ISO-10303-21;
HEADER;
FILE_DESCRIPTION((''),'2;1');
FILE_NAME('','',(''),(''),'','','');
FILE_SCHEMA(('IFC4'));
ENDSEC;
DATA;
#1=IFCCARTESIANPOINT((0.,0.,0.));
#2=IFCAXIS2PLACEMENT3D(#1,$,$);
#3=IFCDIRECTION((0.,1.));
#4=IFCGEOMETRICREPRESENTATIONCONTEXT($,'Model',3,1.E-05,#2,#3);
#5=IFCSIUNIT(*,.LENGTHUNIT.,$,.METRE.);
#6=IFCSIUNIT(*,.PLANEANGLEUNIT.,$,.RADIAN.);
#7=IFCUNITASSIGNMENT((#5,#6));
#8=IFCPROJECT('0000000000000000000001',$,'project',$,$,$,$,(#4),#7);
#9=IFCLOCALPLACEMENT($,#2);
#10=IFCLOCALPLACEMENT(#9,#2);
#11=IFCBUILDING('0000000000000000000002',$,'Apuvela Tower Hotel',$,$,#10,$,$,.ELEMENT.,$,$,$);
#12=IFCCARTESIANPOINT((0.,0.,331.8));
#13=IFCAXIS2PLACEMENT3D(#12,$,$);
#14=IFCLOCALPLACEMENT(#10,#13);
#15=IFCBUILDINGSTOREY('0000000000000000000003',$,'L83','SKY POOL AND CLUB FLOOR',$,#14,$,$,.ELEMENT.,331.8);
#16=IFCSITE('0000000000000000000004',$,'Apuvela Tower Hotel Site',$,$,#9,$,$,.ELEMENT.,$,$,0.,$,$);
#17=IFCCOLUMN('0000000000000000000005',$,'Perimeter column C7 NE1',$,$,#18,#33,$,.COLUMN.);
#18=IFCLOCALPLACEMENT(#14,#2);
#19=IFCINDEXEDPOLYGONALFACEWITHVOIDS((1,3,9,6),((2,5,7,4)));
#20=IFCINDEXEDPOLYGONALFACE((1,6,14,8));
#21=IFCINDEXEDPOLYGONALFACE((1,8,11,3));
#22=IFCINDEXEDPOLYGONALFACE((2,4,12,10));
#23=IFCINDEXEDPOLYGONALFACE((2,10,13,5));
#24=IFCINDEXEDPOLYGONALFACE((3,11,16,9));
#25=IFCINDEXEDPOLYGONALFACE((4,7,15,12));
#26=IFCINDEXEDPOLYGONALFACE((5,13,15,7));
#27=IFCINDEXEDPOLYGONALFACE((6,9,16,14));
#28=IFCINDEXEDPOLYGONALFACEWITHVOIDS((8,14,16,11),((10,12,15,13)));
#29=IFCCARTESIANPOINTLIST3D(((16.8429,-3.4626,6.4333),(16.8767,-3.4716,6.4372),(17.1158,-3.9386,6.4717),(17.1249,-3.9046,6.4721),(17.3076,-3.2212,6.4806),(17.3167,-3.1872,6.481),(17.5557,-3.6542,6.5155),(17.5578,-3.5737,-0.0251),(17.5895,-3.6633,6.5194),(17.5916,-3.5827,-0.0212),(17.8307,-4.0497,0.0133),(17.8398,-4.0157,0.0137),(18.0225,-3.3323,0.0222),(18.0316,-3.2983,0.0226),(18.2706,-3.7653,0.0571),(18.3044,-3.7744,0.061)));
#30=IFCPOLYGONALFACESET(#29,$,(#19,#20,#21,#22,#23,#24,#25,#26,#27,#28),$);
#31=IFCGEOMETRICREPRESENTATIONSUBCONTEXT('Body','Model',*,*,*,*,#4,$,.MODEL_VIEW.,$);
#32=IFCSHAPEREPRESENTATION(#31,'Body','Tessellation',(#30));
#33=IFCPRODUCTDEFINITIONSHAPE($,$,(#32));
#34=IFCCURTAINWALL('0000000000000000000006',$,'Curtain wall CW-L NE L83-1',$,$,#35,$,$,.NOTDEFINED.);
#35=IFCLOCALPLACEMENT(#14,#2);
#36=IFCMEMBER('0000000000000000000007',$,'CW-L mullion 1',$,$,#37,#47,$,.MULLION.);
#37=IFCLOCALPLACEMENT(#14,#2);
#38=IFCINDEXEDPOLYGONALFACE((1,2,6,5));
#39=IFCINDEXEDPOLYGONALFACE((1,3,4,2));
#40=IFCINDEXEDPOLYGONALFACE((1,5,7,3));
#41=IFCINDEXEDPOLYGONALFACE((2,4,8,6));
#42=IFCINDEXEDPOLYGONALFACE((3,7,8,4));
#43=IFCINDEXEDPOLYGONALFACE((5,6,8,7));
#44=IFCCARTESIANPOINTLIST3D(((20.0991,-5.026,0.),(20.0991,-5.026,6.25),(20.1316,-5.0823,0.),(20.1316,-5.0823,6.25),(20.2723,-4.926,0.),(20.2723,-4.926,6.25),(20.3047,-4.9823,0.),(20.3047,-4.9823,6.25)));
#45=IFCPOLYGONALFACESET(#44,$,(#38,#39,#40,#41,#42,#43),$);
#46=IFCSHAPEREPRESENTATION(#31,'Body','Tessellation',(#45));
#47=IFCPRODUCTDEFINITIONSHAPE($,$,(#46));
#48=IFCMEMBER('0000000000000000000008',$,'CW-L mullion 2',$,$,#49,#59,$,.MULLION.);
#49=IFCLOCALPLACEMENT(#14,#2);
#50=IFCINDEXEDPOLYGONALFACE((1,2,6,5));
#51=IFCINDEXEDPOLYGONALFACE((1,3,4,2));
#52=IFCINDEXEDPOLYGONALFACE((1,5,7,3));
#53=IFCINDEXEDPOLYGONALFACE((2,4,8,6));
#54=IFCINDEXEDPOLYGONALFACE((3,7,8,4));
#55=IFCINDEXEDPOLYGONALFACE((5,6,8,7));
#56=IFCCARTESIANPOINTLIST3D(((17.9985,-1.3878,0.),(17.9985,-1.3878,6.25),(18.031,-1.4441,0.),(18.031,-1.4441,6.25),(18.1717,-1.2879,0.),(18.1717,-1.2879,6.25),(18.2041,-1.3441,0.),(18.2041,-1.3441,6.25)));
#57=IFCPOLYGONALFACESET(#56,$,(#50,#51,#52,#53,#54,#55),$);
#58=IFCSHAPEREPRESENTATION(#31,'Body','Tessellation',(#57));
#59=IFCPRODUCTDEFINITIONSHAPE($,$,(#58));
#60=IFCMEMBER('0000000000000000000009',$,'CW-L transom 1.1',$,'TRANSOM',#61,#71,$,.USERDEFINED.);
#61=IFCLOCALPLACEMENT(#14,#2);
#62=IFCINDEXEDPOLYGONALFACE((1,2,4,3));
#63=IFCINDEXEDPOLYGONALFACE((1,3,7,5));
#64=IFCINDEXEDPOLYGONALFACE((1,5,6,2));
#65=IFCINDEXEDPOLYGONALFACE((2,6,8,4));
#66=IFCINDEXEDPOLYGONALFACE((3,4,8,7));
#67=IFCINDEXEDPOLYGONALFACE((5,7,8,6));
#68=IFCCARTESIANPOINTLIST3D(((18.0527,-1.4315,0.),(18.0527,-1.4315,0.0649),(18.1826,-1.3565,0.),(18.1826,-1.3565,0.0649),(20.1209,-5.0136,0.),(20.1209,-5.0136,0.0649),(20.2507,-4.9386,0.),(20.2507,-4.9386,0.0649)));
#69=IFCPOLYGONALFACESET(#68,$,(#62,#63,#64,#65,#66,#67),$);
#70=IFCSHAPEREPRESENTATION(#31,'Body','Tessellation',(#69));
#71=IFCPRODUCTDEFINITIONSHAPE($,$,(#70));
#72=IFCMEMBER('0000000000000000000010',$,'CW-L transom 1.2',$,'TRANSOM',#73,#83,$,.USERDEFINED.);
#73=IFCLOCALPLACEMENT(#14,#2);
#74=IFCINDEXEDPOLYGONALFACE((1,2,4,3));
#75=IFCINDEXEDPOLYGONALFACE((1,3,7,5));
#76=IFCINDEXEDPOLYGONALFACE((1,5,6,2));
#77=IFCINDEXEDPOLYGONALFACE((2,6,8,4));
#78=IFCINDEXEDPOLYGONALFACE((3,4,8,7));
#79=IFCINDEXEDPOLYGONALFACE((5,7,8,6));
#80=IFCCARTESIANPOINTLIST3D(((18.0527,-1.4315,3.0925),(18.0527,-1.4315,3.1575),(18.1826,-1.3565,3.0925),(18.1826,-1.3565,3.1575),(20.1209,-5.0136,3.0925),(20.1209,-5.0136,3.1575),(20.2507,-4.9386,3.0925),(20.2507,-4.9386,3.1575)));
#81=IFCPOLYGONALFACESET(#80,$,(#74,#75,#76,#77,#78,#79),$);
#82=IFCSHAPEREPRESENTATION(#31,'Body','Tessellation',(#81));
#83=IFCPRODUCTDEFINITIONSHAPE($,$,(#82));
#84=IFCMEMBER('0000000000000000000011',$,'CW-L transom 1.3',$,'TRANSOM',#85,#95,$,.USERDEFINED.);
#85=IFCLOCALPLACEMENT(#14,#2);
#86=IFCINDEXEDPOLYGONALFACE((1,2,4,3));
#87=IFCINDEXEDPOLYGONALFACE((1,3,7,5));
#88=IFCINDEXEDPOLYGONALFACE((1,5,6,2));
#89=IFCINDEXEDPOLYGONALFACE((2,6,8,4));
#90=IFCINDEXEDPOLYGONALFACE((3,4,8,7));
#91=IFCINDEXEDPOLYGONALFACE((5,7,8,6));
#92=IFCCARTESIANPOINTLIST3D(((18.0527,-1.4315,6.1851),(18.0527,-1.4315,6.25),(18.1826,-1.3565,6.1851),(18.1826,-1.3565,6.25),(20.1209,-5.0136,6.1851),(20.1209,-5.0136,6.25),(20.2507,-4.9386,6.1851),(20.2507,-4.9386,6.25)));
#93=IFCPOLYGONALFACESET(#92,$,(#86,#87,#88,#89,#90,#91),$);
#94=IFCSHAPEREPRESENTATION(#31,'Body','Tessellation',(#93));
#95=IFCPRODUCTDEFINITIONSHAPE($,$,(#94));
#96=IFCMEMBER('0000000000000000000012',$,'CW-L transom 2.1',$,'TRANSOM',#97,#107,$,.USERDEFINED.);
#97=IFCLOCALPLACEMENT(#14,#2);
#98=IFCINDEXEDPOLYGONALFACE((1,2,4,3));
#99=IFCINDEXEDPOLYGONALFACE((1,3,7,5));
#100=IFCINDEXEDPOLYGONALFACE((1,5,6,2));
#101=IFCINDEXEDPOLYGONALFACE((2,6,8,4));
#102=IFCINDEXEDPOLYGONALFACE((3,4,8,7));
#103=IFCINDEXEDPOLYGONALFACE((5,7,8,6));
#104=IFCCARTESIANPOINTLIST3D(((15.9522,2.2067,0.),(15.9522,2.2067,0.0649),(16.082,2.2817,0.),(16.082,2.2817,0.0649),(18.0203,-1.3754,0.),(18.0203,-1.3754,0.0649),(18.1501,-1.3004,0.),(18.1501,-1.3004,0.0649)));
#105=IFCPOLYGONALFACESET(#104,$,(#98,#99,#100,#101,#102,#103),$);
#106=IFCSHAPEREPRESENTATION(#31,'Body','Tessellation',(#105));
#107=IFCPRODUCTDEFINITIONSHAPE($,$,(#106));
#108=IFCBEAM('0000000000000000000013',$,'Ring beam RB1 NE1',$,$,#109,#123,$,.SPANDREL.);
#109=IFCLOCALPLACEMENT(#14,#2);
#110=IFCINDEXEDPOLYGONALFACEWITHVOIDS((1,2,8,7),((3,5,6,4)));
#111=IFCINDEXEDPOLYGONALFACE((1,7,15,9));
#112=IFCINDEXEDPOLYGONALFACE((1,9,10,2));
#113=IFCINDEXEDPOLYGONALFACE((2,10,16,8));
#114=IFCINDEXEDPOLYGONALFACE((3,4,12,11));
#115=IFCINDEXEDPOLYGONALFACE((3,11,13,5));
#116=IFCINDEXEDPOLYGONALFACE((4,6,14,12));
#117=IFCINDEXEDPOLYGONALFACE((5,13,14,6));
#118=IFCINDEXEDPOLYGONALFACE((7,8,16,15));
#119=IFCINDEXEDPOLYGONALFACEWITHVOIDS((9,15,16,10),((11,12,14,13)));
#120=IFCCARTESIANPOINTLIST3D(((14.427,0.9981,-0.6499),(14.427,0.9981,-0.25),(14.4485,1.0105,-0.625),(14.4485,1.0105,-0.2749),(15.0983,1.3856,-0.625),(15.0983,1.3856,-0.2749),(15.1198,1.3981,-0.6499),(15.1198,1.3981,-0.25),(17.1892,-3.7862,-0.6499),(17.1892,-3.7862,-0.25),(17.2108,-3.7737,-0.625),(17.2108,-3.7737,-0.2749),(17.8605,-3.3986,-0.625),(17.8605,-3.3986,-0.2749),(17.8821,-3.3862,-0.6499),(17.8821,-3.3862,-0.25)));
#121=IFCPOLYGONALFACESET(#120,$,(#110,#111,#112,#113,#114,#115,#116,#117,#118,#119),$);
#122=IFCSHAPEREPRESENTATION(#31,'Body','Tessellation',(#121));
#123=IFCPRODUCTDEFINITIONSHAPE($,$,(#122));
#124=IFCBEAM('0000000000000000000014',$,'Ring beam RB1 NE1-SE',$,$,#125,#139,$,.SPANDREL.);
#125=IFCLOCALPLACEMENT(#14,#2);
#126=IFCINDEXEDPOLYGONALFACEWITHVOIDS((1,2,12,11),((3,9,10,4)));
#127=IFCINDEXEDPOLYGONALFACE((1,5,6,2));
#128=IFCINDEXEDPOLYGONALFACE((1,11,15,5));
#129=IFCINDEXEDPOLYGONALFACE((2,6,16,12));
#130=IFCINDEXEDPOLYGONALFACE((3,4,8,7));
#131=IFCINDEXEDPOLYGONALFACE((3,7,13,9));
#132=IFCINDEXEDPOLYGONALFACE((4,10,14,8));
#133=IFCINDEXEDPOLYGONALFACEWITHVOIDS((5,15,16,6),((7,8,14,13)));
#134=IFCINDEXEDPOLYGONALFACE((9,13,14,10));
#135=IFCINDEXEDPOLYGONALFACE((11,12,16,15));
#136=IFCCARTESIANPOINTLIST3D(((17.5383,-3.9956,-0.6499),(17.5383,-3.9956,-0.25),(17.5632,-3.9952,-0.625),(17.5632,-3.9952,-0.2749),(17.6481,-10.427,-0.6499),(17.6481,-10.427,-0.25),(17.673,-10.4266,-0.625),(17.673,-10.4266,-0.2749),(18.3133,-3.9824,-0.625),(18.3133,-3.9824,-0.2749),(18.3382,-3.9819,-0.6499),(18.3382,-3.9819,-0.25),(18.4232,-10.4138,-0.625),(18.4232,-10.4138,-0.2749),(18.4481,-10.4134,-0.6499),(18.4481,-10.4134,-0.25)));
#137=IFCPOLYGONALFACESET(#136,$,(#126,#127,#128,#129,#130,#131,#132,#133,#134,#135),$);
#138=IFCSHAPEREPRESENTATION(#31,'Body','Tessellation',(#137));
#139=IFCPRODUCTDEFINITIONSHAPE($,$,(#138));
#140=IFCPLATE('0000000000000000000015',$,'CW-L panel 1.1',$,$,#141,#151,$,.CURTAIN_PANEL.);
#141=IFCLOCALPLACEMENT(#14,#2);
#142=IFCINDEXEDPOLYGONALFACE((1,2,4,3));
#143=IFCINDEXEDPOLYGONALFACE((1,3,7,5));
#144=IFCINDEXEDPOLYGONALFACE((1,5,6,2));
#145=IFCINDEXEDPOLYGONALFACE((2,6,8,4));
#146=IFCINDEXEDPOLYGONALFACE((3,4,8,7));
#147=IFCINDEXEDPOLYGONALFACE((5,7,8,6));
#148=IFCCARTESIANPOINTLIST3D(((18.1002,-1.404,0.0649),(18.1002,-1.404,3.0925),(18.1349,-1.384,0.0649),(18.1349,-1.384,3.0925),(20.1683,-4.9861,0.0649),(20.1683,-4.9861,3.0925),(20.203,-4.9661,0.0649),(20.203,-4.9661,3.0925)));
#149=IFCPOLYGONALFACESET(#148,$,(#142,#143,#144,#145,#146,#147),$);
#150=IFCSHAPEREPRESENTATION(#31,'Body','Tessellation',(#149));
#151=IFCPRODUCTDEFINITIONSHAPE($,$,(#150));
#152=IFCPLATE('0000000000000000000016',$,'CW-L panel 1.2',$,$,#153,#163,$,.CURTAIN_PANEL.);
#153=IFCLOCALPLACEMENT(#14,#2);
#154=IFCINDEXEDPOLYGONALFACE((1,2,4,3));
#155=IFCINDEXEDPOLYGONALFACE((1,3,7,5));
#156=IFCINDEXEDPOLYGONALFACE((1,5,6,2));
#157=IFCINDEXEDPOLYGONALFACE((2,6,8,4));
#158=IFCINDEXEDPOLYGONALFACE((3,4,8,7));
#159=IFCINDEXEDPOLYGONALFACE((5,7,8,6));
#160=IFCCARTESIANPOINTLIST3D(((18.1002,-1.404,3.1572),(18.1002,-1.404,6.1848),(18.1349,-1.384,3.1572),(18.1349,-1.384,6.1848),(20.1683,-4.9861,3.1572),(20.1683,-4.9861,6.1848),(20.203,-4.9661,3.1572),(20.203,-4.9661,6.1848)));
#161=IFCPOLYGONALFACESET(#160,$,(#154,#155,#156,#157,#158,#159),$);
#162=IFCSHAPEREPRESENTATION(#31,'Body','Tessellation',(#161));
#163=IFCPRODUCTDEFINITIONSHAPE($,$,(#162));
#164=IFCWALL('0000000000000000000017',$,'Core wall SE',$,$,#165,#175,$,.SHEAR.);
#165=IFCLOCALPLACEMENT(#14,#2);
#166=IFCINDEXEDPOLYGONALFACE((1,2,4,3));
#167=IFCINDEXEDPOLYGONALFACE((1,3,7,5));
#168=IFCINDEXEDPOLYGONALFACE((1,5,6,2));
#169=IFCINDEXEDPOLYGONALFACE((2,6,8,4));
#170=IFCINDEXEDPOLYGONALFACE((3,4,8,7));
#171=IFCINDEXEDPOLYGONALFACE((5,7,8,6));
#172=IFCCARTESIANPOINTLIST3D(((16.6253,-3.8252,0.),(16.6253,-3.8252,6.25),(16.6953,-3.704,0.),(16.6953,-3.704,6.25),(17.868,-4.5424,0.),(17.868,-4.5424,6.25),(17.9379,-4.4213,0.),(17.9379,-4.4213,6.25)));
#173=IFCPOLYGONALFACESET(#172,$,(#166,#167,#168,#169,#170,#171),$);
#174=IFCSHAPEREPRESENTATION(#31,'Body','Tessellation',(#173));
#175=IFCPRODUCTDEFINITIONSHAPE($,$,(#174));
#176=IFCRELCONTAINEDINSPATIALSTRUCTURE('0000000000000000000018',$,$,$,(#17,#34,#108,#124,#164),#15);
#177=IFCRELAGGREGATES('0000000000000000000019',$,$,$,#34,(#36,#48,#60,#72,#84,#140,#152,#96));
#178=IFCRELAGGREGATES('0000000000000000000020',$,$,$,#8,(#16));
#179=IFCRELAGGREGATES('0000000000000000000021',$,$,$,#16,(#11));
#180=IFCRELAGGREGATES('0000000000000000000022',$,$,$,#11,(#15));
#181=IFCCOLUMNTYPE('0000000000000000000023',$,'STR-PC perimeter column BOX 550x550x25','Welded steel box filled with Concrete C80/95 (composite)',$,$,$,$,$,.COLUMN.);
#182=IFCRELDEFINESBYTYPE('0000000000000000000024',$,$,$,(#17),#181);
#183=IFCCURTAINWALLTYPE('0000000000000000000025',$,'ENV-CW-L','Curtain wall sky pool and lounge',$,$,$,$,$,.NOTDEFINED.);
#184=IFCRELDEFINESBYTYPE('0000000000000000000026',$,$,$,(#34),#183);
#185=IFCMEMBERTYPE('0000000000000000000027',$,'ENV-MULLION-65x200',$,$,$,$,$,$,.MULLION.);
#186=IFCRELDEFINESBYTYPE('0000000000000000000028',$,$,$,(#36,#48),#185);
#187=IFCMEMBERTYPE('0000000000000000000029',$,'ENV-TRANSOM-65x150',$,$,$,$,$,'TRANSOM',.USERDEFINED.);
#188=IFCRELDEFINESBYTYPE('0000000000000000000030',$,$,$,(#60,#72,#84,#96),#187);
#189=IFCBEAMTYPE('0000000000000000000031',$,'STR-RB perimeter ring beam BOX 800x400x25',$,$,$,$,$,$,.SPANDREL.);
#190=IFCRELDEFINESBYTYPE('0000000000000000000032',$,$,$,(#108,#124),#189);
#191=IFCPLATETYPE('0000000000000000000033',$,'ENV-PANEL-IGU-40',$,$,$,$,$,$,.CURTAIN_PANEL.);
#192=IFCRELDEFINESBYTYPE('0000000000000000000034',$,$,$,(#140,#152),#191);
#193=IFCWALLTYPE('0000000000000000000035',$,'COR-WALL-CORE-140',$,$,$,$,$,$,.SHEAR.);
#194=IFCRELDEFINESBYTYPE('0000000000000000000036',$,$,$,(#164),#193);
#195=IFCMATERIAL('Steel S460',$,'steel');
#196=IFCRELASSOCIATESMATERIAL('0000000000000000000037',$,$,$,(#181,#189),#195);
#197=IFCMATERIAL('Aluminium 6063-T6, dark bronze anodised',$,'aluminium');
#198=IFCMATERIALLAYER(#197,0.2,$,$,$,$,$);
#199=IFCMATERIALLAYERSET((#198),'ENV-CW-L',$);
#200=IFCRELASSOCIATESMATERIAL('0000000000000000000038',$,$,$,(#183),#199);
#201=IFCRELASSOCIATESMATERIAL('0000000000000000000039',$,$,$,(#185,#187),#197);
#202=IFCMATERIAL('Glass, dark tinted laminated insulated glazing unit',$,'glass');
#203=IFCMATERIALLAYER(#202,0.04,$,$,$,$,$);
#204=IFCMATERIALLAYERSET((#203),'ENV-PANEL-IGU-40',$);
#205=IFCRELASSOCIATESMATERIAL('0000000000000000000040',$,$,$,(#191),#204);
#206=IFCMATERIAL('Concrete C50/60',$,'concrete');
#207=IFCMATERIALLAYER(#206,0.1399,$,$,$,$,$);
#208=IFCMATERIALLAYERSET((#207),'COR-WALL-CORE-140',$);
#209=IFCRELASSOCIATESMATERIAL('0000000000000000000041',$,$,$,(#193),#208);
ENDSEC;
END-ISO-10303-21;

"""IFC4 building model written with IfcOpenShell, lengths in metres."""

from ifc_helpers import new_model, si_unit, direction, frame, frame_2d, origin, origin_2d, place, context, subcontext, project, spatial, rectangle, hollow_rectangle, extrude, boolean, halfspace, material, layer, layer_set, material_profile, profile_set, type_object, element, aggregate, save


model = new_model("IFC4")

# Units and contexts
model_context = context("Model", 3, precision=1e-05, world=origin(), true_north=direction((0.0, 1.0)))
body_context = subcontext(model_context, "Body", "Model", "MODEL_VIEW")
ifc_project = project(units=[si_unit("LENGTHUNIT", "METRE"), si_unit("PLANEANGLEUNIT", "RADIAN")], contexts=[model_context])

# Site, building, storey
site_placement = place(None, origin())
site = spatial("IfcSite", under=ifc_project, at=site_placement, Name="Apuvela Tower Hotel Site", CompositionType="ELEMENT", RefElevation=0.0)
building_placement = place(site_placement, origin())
building = spatial("IfcBuilding", under=site, at=building_placement, Name="Apuvela Tower Hotel", CompositionType="ELEMENT")
storey_placement = place(building_placement, frame((0.0, 0.0, 331.8)))
storey = spatial("IfcBuildingStorey", under=building, at=storey_placement, Name="L83", Description="SKY POOL AND CLUB FLOOR", CompositionType="ELEMENT", Elevation=331.8)

# Column
ifc_material_1 = material(Name="Steel S460", Category="steel")
ifc_material_profile_1 = material_profile(ifc_material_1, hollow_rectangle(XDim=0.55, YDim=0.55, WallThickness=0.0249, at=origin_2d()), Name="BOX 550x550x25")
ifc_material_2 = material(Name="Concrete C80/95", Category="concrete")
ifc_material_profile_2 = material_profile(ifc_material_2, rectangle(XDim=0.5, YDim=0.5, at=origin_2d()), Name="Concrete C80/95 infill")
ifc_profile_set_1 = profile_set([ifc_material_profile_1, ifc_material_profile_2], Name="Steel S460")
column_type = type_object("IfcColumnType", Name="STR-PC perimeter column BOX 550x550x25", Description="Welded steel box filled with Concrete C80/95 (composite)", PredefinedType="COLUMN", material=ifc_profile_set_1)
column_placement = place(storey_placement, frame((17.9331, -3.6743, 0.0), z_axis=(-0.110002, 0.017096, 0.993784), x_axis=(0.496031, -0.865495, 0.069794)))
element("IfcColumn", 1, at=column_placement, inside=storey, type_object=column_type, Name="Perimeter column C7 NE1", PredefinedType="COLUMN", context=body_context, shape_type="SweptSolid", body=[
    boolean("DIFFERENCE", boolean("DIFFERENCE", extrude(hollow_rectangle(XDim=0.55, YDim=0.55, WallThickness=0.0249, at=origin_2d()), origin(), (0.0, 0.0, 1.0), 6.5408), halfspace(frame((0.0, 0.0, 0.0181), z_axis=(0.0, 0.0, 1.0), x_axis=(1.0, 0.0, 0.0)), True)), halfspace(frame((0.0, 0.0, 6.5168), z_axis=(0.0, 0.0, 1.0), x_axis=(1.0, 0.0, 0.0)), False)),
])

# Curtain wall, members
ifc_material_3 = material(Name="Aluminium 6063-T6, dark bronze anodised", Category="aluminium")
ifc_layer_1 = layer(ifc_material_3, 0.2)
ifc_layer_set_1 = layer_set([ifc_layer_1], Name="ENV-CW-L")
curtain_wall_type = type_object("IfcCurtainWallType", Name="ENV-CW-L", Description="Curtain wall sky pool and lounge", PredefinedType="NOTDEFINED", material=ifc_layer_set_1)
curtain_wall_placement = place(storey_placement, origin())
curtain_wall = element("IfcCurtainWall", 2, at=curtain_wall_placement, inside=storey, type_object=curtain_wall_type, Name="Curtain wall CW-L NE L83-1", PredefinedType="NOTDEFINED")
ifc_material_profile_3 = material_profile(ifc_material_3, rectangle(XDim=0.2, YDim=0.0649, at=origin_2d()), Name="AL 65x200")
ifc_profile_set_2 = profile_set([ifc_material_profile_3], Name="Aluminium 6063-T6, dark bronze anodised")
member_type_1 = type_object("IfcMemberType", Name="ENV-MULLION-65x200", PredefinedType="MULLION", material=ifc_profile_set_2)
member_1_placement = place(storey_placement, frame((20.2019, -5.0042, 0.0), z_axis=(0.0, 0.0, 1.0), x_axis=(-0.866028, -0.499995, 0.0)))
member_1 = element("IfcMember", 3, at=member_1_placement, type_object=member_type_1, Name="CW-L mullion 1", PredefinedType="MULLION", context=body_context, shape_type="SweptSolid", body=[
    extrude(rectangle(XDim=0.2, YDim=0.0649, at=origin_2d()), origin(), (0.0, 0.0, 1.0), 6.25),
])
member_2_placement = place(storey_placement, frame((18.1013, -1.366, 0.0), z_axis=(0.0, 0.0, 1.0), x_axis=(-0.866028, -0.499995, 0.0)))
member_2 = element("IfcMember", 4, at=member_2_placement, type_object=member_type_1, Name="CW-L mullion 2", PredefinedType="MULLION", context=body_context, shape_type="SweptSolid", body=[
    extrude(rectangle(XDim=0.2, YDim=0.0649, at=origin_2d()), origin(), (0.0, 0.0, 1.0), 6.25),
])
ifc_material_profile_4 = material_profile(ifc_material_3, rectangle(XDim=0.1499, YDim=0.0649, at=origin_2d()), Name="AL 65x150 transom")
ifc_profile_set_3 = profile_set([ifc_material_profile_4], Name="Aluminium 6063-T6, dark bronze anodised")
member_type_2 = type_object("IfcMemberType", Name="ENV-TRANSOM-65x150", ElementType="TRANSOM", PredefinedType="USERDEFINED", material=ifc_profile_set_3)
member_3_placement = place(storey_placement, frame((20.1858, -4.9761, 0.0325), z_axis=(-0.500005, 0.866022, 0.0), x_axis=(-0.866022, -0.500005, 0.0)))
member_3 = element("IfcMember", 5, at=member_3_placement, type_object=member_type_2, Name="CW-L transom 1.1", ObjectType="TRANSOM", PredefinedType="USERDEFINED", context=body_context, shape_type="SweptSolid", body=[
    extrude(rectangle(XDim=0.1499, YDim=0.0649, at=origin_2d()), origin(), (0.0, 0.0, 1.0), 4.1362),
])
member_4_placement = place(storey_placement, frame((20.1858, -4.9761, 3.125), z_axis=(-0.500005, 0.866022, 0.0), x_axis=(-0.866022, -0.500005, 0.0)))
member_4 = element("IfcMember", 6, at=member_4_placement, type_object=member_type_2, Name="CW-L transom 1.2", ObjectType="TRANSOM", PredefinedType="USERDEFINED", context=body_context, shape_type="SweptSolid", body=[
    extrude(rectangle(XDim=0.1499, YDim=0.0649, at=origin_2d()), origin(), (0.0, 0.0, 1.0), 4.1362),
])
member_5_placement = place(storey_placement, frame((20.1858, -4.9761, 6.2175), z_axis=(-0.500005, 0.866022, 0.0), x_axis=(-0.866022, -0.500005, 0.0)))
member_5 = element("IfcMember", 7, at=member_5_placement, type_object=member_type_2, Name="CW-L transom 1.3", ObjectType="TRANSOM", PredefinedType="USERDEFINED", context=body_context, shape_type="SweptSolid", body=[
    extrude(rectangle(XDim=0.1499, YDim=0.0649, at=origin_2d()), origin(), (0.0, 0.0, 1.0), 4.1362),
])
member_6_placement = place(storey_placement, frame((18.0852, -1.3379, 0.0325), z_axis=(-0.500005, 0.866022, 0.0), x_axis=(-0.866022, -0.500005, 0.0)))
member_6 = element("IfcMember", 8, at=member_6_placement, type_object=member_type_2, Name="CW-L transom 2.1", ObjectType="TRANSOM", PredefinedType="USERDEFINED", context=body_context, shape_type="SweptSolid", body=[
    extrude(rectangle(XDim=0.1499, YDim=0.0649, at=origin_2d()), origin(), (0.0, 0.0, 1.0), 4.1362),
])

# Beams
ifc_material_profile_5 = material_profile(ifc_material_1, hollow_rectangle(XDim=0.8, YDim=0.3999, WallThickness=0.0249, at=origin_2d()), Name="BOX 800x400x25")
ifc_profile_set_4 = profile_set([ifc_material_profile_5], Name="Steel S460")
beam_type = type_object("IfcBeamType", Name="STR-RB perimeter ring beam BOX 800x400x25", PredefinedType="SPANDREL", material=ifc_profile_set_4)
beam_1_placement = place(storey_placement, frame((17.5356, -3.5862, -0.45), z_axis=(-0.500008, 0.866021, 0.0), x_axis=(-0.866021, -0.500008, 0.0)))
element("IfcBeam", 9, at=beam_1_placement, inside=storey, type_object=beam_type, Name="Ring beam RB1 NE1", PredefinedType="SPANDREL", context=body_context, shape_type="SweptSolid", body=[
    extrude(hollow_rectangle(XDim=0.8, YDim=0.3999, WallThickness=0.0249, at=origin_2d()), origin(), (0.0, 0.0, 1.0), 5.5244),
])
beam_2_placement = place(storey_placement, frame((17.9382, -3.9888, -0.45), z_axis=(0.01708, -0.999854, 0.0), x_axis=(0.999854, 0.01708, 0.0)))
element("IfcBeam", 10, at=beam_2_placement, inside=storey, type_object=beam_type, Name="Ring beam RB1 NE1-SE", PredefinedType="SPANDREL", context=body_context, shape_type="SweptSolid", body=[
    extrude(hollow_rectangle(XDim=0.8, YDim=0.3999, WallThickness=0.0249, at=origin_2d()), origin(), (0.0, 0.0, 1.0), 6.4324),
])

# Plates
ifc_material_4 = material(Name="Glass, dark tinted laminated insulated glazing unit", Category="glass")
ifc_layer_2 = layer(ifc_material_4, 0.04)
ifc_layer_set_2 = layer_set([ifc_layer_2], Name="ENV-PANEL-IGU-40")
plate_type = type_object("IfcPlateType", Name="ENV-PANEL-IGU-40", PredefinedType="CURTAIN_PANEL", material=ifc_layer_set_2)
plate_1_placement = place(storey_placement, frame((19.1516, -3.1851, 0.0649), z_axis=(0.0, 0.0, 1.0), x_axis=(-0.499995, 0.866028, 0.0)))
plate_1 = element("IfcPlate", 11, at=plate_1_placement, type_object=plate_type, Name="CW-L panel 1.1", PredefinedType="CURTAIN_PANEL", context=body_context, shape_type="SweptSolid", body=[
    extrude(rectangle(XDim=4.1362, YDim=0.04, at=origin_2d()), origin(), (0.0, 0.0, 1.0), 3.0276),
])
plate_2_placement = place(storey_placement, frame((19.1516, -3.1851, 3.1572), z_axis=(0.0, 0.0, 1.0), x_axis=(-0.499995, 0.866028, 0.0)))
plate_2 = element("IfcPlate", 12, at=plate_2_placement, type_object=plate_type, Name="CW-L panel 1.2", PredefinedType="CURTAIN_PANEL", context=body_context, shape_type="SweptSolid", body=[
    extrude(rectangle(XDim=4.1362, YDim=0.04, at=origin_2d()), origin(), (0.0, 0.0, 1.0), 3.0276),
])
aggregate(curtain_wall, [member_1, member_2, member_3, member_4, member_5, plate_1, plate_2, member_6])

# Wall
ifc_material_5 = material(Name="Concrete C50/60", Category="concrete")
ifc_layer_3 = layer(ifc_material_5, 0.1399)
ifc_layer_set_3 = layer_set([ifc_layer_3], Name="COR-WALL-CORE-140")
wall_type_1 = type_object("IfcWallType", Name="COR-WALL-CORE-140", PredefinedType="SHEAR", material=ifc_layer_set_3)
wall_1_placement = place(storey_placement, frame((16.6604, -3.7646, 0.0), z_axis=(0.0, 0.0, 1.0), x_axis=(0.866078, -0.499909, 0.0)))
element("IfcWall", 13, at=wall_1_placement, inside=storey, type_object=wall_type_1, Name="Core wall SE", PredefinedType="SHEAR", context=body_context, shape_type="SweptSolid", body=[
    extrude(rectangle(XDim=1.4348, YDim=0.1399, at=frame_2d((0.7173, 0.0))), origin(), (0.0, 0.0, 1.0), 6.25),
])

save(model, "model.ifc")
